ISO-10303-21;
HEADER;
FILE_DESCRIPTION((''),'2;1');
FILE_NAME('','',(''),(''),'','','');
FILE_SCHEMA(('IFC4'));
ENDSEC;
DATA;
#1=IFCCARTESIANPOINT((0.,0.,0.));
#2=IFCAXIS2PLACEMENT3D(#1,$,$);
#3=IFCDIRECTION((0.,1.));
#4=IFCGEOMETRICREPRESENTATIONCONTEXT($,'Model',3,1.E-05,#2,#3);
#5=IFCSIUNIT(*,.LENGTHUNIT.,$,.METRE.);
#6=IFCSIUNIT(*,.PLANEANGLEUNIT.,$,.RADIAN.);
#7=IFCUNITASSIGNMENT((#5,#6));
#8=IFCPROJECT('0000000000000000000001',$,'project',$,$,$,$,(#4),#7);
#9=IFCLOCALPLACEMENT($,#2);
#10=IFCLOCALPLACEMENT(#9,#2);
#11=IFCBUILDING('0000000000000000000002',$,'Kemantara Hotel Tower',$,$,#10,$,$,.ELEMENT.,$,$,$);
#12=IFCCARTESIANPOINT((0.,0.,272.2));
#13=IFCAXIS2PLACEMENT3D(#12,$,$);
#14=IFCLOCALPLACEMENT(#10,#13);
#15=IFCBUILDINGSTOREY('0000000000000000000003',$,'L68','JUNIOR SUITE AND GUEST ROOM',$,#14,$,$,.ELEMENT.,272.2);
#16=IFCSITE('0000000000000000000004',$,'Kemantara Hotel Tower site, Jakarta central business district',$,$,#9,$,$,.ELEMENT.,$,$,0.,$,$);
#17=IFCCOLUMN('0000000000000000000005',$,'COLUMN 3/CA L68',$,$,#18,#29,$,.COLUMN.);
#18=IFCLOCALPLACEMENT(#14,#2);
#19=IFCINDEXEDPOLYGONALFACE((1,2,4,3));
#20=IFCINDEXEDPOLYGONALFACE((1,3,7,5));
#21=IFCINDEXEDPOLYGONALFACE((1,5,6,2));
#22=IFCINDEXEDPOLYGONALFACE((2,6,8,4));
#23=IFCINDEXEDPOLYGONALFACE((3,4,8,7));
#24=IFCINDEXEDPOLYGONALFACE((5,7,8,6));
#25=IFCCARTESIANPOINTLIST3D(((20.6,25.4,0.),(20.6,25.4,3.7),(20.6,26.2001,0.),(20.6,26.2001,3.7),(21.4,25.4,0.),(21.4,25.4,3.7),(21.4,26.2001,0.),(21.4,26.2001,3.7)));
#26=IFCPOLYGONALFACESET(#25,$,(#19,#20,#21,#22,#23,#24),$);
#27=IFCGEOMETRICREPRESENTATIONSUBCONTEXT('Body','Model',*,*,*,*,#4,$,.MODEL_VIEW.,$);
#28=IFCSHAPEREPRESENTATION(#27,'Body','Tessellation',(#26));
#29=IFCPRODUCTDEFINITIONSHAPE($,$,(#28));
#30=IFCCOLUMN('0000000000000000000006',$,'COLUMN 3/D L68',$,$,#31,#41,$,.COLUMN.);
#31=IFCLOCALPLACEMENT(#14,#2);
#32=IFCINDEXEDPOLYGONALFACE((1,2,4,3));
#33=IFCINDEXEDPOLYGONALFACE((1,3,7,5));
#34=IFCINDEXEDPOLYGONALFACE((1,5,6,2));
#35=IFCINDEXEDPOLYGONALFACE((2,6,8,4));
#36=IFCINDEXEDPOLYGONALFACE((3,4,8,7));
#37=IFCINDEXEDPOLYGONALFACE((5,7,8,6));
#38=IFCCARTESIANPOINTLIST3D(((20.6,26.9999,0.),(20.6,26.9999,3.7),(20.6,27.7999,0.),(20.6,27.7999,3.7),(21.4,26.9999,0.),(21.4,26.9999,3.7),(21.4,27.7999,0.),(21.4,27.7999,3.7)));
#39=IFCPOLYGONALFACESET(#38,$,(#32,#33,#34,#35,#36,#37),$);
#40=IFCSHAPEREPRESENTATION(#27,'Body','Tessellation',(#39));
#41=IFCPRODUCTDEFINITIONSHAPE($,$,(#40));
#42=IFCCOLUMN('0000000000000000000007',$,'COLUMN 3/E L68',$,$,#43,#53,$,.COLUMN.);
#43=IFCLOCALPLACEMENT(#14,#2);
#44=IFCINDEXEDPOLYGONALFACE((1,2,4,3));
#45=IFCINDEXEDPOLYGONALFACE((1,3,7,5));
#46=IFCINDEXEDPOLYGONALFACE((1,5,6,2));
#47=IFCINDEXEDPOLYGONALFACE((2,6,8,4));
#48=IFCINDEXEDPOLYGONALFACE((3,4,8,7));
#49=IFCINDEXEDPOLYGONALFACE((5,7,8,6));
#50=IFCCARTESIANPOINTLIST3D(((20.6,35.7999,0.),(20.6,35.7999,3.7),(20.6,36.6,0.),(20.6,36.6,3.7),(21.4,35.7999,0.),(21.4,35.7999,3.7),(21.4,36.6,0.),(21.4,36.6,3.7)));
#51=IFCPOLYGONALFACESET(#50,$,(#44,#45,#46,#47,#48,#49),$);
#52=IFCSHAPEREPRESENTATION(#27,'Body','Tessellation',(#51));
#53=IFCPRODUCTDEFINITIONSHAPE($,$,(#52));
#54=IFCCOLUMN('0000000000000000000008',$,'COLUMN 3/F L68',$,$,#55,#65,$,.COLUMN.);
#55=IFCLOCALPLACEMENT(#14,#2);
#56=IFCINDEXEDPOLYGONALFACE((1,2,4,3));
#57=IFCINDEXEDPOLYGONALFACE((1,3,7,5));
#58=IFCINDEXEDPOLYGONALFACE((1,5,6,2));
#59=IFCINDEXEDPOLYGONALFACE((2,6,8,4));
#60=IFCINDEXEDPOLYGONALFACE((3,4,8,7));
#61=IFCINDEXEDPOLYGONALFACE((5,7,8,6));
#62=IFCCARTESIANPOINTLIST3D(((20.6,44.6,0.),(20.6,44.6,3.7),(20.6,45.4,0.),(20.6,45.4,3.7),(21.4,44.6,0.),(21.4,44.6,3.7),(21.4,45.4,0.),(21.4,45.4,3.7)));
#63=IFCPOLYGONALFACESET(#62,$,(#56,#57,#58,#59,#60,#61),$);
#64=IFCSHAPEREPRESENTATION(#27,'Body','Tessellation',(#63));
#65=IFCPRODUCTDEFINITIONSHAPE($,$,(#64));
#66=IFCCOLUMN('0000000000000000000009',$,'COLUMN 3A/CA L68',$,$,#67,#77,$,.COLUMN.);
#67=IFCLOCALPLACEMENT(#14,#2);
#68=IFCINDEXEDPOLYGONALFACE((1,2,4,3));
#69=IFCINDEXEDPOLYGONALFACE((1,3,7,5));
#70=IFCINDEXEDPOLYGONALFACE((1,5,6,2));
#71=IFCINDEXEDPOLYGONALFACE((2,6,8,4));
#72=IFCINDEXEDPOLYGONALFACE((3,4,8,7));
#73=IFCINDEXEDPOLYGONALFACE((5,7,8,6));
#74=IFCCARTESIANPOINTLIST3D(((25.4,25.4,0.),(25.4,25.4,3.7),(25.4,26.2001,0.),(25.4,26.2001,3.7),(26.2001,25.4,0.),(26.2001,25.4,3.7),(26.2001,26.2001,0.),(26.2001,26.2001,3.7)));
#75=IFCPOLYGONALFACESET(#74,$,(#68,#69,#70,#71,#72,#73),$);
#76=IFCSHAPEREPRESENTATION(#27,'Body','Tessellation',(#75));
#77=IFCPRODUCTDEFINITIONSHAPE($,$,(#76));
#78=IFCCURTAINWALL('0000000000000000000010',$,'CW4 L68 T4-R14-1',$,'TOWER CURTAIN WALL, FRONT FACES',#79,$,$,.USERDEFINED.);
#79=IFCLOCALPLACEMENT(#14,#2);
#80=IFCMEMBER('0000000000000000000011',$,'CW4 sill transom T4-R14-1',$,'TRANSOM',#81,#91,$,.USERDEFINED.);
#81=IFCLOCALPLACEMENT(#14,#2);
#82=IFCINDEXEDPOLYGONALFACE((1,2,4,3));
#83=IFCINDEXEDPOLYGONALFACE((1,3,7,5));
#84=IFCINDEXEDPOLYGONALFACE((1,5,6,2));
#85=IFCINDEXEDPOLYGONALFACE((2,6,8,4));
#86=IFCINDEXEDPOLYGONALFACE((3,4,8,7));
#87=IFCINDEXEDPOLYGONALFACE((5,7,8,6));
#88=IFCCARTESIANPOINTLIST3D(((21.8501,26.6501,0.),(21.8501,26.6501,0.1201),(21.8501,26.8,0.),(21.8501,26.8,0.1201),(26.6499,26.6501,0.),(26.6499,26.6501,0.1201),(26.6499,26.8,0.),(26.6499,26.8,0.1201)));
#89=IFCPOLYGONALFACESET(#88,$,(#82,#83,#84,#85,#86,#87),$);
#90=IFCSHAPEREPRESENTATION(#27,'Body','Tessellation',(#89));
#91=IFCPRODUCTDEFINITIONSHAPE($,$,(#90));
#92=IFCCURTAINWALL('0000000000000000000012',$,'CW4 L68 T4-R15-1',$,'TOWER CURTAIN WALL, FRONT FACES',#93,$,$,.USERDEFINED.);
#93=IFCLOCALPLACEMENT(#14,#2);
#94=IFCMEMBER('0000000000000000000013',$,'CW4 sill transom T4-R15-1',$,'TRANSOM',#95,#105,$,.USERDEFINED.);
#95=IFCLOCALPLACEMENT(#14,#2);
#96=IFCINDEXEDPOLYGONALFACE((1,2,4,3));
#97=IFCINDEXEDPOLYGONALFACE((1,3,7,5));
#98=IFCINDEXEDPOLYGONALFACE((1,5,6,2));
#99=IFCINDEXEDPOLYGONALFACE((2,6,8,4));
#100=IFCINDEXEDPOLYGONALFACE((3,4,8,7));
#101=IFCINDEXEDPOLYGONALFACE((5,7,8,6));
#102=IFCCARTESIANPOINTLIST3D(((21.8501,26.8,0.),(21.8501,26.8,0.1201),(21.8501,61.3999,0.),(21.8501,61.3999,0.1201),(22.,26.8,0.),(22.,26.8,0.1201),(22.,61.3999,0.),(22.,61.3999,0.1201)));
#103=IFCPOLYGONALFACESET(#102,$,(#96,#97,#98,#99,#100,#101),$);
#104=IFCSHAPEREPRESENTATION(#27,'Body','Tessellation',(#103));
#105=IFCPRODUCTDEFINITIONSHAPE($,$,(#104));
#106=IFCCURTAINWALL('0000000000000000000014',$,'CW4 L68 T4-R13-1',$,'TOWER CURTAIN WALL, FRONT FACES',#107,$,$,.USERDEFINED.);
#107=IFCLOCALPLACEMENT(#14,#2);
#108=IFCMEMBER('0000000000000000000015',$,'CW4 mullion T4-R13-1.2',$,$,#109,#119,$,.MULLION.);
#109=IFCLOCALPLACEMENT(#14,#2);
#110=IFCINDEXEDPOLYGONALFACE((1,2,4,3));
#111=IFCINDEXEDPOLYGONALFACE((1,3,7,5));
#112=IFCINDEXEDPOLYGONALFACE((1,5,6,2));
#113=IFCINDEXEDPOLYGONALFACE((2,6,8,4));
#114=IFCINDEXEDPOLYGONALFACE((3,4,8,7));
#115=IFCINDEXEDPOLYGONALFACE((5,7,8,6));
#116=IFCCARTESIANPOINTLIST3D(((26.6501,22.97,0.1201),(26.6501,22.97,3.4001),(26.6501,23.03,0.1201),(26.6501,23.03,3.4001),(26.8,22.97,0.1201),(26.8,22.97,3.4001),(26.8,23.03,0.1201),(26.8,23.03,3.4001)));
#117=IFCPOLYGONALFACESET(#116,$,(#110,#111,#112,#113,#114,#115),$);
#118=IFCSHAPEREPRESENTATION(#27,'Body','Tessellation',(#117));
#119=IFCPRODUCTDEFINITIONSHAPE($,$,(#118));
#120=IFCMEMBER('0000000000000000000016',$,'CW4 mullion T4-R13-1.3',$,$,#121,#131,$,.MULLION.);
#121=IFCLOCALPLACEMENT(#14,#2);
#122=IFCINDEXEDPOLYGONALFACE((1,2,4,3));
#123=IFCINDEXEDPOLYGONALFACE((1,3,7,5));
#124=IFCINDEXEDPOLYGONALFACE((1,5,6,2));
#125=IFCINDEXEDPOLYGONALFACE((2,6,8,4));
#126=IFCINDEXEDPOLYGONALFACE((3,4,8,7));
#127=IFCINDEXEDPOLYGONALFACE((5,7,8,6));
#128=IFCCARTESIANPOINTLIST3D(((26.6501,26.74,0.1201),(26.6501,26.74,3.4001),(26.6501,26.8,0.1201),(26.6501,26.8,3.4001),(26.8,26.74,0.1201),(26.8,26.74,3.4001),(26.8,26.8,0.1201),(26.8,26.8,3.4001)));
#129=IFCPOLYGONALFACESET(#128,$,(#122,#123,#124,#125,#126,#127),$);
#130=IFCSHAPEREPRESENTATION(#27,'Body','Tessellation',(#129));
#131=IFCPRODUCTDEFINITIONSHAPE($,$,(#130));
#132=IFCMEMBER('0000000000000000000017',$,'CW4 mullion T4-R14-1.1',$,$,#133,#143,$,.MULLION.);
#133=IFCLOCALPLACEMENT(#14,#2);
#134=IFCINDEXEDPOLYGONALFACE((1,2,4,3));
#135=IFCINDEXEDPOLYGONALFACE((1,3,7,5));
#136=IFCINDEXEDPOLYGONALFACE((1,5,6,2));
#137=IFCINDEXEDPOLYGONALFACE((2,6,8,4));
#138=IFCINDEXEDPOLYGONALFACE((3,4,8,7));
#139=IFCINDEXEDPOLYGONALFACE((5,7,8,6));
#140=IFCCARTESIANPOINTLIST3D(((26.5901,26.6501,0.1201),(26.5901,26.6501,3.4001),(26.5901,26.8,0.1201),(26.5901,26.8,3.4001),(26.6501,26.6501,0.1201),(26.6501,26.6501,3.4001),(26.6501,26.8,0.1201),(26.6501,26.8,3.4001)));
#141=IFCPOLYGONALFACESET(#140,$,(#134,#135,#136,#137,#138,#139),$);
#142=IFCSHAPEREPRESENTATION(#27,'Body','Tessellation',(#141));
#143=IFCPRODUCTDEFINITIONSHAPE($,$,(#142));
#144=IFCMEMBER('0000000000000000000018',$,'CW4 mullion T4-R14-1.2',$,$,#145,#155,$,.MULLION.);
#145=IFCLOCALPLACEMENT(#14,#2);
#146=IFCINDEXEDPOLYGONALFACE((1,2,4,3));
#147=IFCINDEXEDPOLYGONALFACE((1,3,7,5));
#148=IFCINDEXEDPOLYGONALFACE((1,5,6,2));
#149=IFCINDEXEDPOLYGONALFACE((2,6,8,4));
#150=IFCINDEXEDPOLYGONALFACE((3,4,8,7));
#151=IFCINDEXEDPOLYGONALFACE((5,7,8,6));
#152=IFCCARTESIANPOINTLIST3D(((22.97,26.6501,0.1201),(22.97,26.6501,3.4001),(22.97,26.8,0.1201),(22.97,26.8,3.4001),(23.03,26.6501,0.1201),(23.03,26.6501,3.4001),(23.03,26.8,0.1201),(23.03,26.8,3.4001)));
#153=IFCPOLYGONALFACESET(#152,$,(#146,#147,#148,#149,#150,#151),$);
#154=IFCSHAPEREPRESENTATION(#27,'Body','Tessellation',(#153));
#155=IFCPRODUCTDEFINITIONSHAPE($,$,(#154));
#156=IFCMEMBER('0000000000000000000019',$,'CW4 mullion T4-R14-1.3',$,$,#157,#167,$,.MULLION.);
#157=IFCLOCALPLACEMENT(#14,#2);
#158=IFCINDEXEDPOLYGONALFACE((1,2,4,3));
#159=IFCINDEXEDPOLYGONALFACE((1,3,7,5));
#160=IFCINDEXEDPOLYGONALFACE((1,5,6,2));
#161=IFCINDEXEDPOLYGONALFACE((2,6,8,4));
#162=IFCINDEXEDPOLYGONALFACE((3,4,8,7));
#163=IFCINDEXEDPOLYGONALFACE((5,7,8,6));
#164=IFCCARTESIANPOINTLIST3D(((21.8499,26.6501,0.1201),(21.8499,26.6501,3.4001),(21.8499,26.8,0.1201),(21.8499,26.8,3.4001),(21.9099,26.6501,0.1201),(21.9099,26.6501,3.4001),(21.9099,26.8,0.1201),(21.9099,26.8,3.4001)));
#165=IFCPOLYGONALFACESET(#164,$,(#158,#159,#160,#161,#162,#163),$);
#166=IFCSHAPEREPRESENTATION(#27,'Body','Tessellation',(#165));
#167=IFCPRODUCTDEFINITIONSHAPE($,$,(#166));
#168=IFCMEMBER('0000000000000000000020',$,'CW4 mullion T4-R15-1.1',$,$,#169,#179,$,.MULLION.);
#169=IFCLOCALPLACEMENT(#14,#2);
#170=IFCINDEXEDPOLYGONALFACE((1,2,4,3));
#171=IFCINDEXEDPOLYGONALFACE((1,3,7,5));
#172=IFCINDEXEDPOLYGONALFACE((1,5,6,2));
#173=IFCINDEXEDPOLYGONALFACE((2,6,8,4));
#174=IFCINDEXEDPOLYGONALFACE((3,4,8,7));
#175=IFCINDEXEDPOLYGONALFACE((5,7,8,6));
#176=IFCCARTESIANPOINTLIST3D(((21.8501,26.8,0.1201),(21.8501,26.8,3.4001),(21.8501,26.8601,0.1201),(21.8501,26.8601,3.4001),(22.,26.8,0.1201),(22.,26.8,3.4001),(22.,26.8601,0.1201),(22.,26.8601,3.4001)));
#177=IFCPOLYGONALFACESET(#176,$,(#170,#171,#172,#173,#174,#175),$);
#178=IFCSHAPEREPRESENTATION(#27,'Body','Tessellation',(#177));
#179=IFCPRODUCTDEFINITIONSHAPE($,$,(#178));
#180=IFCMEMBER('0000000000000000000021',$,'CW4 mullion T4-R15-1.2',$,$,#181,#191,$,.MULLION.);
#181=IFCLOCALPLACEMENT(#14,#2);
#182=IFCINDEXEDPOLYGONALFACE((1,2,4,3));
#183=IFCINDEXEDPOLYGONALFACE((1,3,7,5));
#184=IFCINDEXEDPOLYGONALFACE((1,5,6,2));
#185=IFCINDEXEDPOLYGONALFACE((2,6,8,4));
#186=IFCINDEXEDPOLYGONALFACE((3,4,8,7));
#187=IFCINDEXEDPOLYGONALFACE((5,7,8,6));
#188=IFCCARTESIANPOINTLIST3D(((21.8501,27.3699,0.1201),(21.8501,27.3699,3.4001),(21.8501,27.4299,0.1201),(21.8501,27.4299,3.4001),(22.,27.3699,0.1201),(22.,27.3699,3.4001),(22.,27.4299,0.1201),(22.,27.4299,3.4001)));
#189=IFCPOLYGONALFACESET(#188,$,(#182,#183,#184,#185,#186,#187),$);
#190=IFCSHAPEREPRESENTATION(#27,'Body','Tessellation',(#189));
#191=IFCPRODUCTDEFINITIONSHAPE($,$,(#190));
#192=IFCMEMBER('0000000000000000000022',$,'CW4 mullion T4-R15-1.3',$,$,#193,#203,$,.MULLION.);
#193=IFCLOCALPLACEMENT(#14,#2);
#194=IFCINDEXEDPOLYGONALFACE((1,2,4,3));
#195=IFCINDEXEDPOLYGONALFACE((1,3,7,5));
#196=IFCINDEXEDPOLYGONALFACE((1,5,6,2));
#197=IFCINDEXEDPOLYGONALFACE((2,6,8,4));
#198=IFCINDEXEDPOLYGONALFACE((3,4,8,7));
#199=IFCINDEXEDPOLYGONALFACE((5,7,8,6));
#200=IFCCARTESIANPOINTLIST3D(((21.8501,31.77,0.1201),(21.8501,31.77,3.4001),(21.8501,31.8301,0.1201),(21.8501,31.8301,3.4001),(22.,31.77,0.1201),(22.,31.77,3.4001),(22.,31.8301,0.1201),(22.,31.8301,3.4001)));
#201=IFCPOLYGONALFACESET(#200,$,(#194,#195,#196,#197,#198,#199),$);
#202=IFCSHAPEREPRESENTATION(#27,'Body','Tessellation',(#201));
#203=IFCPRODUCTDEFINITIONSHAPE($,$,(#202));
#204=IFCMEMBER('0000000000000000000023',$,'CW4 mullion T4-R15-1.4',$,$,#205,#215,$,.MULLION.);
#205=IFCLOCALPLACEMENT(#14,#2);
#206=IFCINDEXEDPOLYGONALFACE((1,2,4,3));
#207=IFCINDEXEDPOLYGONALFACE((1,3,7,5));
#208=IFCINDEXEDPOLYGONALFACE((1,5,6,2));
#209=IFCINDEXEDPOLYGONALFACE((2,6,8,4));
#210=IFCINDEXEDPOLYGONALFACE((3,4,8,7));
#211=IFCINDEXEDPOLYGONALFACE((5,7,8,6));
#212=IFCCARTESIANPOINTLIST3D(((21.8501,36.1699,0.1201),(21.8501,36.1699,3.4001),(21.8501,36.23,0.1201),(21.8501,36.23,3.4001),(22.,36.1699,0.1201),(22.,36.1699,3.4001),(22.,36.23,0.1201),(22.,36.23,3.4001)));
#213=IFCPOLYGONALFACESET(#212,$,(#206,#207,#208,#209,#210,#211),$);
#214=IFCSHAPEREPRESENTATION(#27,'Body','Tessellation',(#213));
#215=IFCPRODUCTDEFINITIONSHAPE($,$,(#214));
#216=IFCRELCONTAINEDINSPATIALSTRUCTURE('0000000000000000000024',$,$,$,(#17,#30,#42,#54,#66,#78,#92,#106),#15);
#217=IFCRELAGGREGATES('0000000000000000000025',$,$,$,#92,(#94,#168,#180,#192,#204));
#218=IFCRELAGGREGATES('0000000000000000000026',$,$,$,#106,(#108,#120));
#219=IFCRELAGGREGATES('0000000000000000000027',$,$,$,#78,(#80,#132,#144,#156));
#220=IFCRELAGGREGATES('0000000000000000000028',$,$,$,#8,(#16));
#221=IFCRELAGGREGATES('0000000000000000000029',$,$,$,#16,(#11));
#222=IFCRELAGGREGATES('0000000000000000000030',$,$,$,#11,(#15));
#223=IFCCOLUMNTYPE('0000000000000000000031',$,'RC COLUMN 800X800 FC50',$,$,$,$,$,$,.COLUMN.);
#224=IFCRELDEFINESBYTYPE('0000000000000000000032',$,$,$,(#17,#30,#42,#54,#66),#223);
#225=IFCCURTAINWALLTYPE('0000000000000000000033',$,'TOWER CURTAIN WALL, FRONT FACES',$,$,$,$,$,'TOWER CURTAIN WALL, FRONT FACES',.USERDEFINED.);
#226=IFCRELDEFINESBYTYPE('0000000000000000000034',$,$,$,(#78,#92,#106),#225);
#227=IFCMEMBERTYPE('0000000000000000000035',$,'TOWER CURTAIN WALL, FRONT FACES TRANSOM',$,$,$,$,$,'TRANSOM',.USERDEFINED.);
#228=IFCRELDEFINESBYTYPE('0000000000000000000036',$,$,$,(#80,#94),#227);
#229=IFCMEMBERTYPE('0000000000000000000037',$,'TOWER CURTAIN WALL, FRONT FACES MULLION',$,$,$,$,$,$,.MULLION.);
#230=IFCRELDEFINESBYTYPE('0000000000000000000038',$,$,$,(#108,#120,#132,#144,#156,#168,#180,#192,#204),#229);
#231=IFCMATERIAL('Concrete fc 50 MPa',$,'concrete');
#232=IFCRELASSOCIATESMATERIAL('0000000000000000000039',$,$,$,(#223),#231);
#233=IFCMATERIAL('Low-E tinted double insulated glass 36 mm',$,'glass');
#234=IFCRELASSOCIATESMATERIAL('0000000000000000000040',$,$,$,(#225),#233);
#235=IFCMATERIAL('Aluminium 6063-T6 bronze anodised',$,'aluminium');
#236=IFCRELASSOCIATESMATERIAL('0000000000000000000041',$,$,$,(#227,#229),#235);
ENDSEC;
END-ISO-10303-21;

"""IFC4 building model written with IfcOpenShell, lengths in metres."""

from ifc_helpers import new_model, si_unit, direction, frame, origin, origin_2d, place, context, subcontext, project, spatial, rectangle, extrude, source, transform, mapped, material, material_profile, profile_set, type_object, element, aggregate, save


model = new_model("IFC4")

# Units and contexts
model_context = context("Model", 3, precision=1e-05, world=origin(), true_north=direction((0.0, 1.0)))
body_context = subcontext(model_context, "Body", "Model", "MODEL_VIEW")
ifc_project = project(units=[si_unit("LENGTHUNIT", "METRE"), si_unit("PLANEANGLEUNIT", "RADIAN")], contexts=[model_context])

# Site, building, storey
site_placement = place(None, origin())
site = spatial("IfcSite", under=ifc_project, at=site_placement, Name="Kemantara Hotel Tower site, Jakarta central business district", CompositionType="ELEMENT", RefElevation=0.0)
building_placement = place(site_placement, origin())
building = spatial("IfcBuilding", under=site, at=building_placement, Name="Kemantara Hotel Tower", CompositionType="ELEMENT")
storey_placement = place(building_placement, frame((0.0, 0.0, 272.2)))
storey = spatial("IfcBuildingStorey", under=building, at=storey_placement, Name="L68", Description="JUNIOR SUITE AND GUEST ROOM", CompositionType="ELEMENT", Elevation=272.2)

# Columns
ifc_material_1 = material(Name="Concrete fc 50 MPa", Category="concrete")
ifc_material_profile_1 = material_profile(ifc_material_1, rectangle(XDim=0.8, YDim=0.8, at=origin_2d()), Name="RC 800X800")
ifc_profile_set_1 = profile_set([ifc_material_profile_1], Name="Concrete fc 50 MPa")
column_type = type_object("IfcColumnType", Name="RC COLUMN 800X800 FC50", PredefinedType="COLUMN", material=ifc_profile_set_1)
for number, where, z_axis, x_axis, name in (
    (1, (21.0, 25.8, 0.0), (0.0, 0.0, 1.0), (1.0, 0.0, 0.0), "COLUMN 3/CA L68"),
    (2, (21.0, 27.3999, 0.0), (0.0, 0.0, 1.0), (1.0, 0.0, 0.0), "COLUMN 3/D L68"),
    (3, (21.0, 36.2, 0.0), (0.0, 0.0, 1.0), (1.0, 0.0, 0.0), "COLUMN 3/E L68"),
    (4, (21.0, 45.0, 0.0), (0.0, 0.0, 1.0), (1.0, 0.0, 0.0), "COLUMN 3/F L68"),
    (5, (25.8, 25.8, 0.0), (0.0, 0.0, 1.0), (1.0, 0.0, 0.0), "COLUMN 3A/CA L68"),
):
    element("IfcColumn", number, at=place(storey_placement, frame(where, z_axis=z_axis, x_axis=x_axis)), inside=storey, type_object=column_type, Name=name, PredefinedType="COLUMN", context=body_context, shape_type="SweptSolid", body=[
        extrude(rectangle(XDim=0.8, YDim=0.8, at=origin_2d()), origin(), (0.0, 0.0, 1.0), 3.7),
    ])

# Curtain walls, members
ifc_material_2 = material(Name="Low-E tinted double insulated glass 36 mm", Category="glass")
curtain_wall_type = type_object("IfcCurtainWallType", Name="TOWER CURTAIN WALL, FRONT FACES", ElementType="TOWER CURTAIN WALL, FRONT FACES", PredefinedType="USERDEFINED", material=ifc_material_2)
curtain_wall_1_placement = place(storey_placement, origin())
curtain_wall_1 = element("IfcCurtainWall", 6, at=curtain_wall_1_placement, inside=storey, type_object=curtain_wall_type, Name="CW4 L68 T4-R14-1", ObjectType="TOWER CURTAIN WALL, FRONT FACES", PredefinedType="USERDEFINED")
ifc_material_3 = material(Name="Aluminium 6063-T6 bronze anodised", Category="aluminium")
ifc_material_profile_2 = material_profile(ifc_material_3, rectangle(XDim=0.1499, YDim=0.1201, at=origin_2d()), Name="TOWER CURTAIN WALL, FRONT FACES TRANSOM")
ifc_profile_set_2 = profile_set([ifc_material_profile_2], Name="Aluminium 6063-T6 bronze anodised")
member_type_1 = type_object("IfcMemberType", Name="TOWER CURTAIN WALL, FRONT FACES TRANSOM", ElementType="TRANSOM", PredefinedType="USERDEFINED", material=ifc_profile_set_2)
member_1_placement = place(storey_placement, frame((26.6499, 26.7251, 0.0601), z_axis=(-1.0, 0.0, 0.0), x_axis=(0.0, -1.0, 0.0)))
member_1 = element("IfcMember", 7, at=member_1_placement, type_object=member_type_1, Name="CW4 sill transom T4-R14-1", ObjectType="TRANSOM", PredefinedType="USERDEFINED", context=body_context, shape_type="SweptSolid", body=[
    extrude(rectangle(XDim=0.1499, YDim=0.1201, at=origin_2d()), origin(), (0.0, 0.0, 1.0), 4.7998),
])
curtain_wall_2_placement = place(storey_placement, origin())
curtain_wall_2 = element("IfcCurtainWall", 8, at=curtain_wall_2_placement, inside=storey, type_object=curtain_wall_type, Name="CW4 L68 T4-R15-1", ObjectType="TOWER CURTAIN WALL, FRONT FACES", PredefinedType="USERDEFINED")
member_2_placement = place(storey_placement, frame((21.925, 26.8, 0.0601), z_axis=(0.0, 1.0, 0.0), x_axis=(-1.0, 0.0, 0.0)))
member_2 = element("IfcMember", 9, at=member_2_placement, type_object=member_type_1, Name="CW4 sill transom T4-R15-1", ObjectType="TRANSOM", PredefinedType="USERDEFINED", context=body_context, shape_type="SweptSolid", body=[
    extrude(rectangle(XDim=0.1499, YDim=0.1201, at=origin_2d()), origin(), (0.0, 0.0, 1.0), 34.5999),
])

# Curtain wall, members
curtain_wall_3_placement = place(storey_placement, origin())
curtain_wall_3 = element("IfcCurtainWall", 10, at=curtain_wall_3_placement, inside=storey, type_object=curtain_wall_type, Name="CW4 L68 T4-R13-1", ObjectType="TOWER CURTAIN WALL, FRONT FACES", PredefinedType="USERDEFINED")
ifc_material_profile_3 = material_profile(ifc_material_3, rectangle(XDim=0.1499, YDim=0.0601, at=origin_2d()), Name="TOWER CURTAIN WALL, FRONT FACES MULLION")
ifc_profile_set_3 = profile_set([ifc_material_profile_3], Name="Aluminium 6063-T6 bronze anodised")
member_type_2 = type_object("IfcMemberType", Name="TOWER CURTAIN WALL, FRONT FACES MULLION", PredefinedType="MULLION", material=ifc_profile_set_3)
shared_shape_1 = source(origin(), body_context, "Body", "SweptSolid", [
    extrude(rectangle(XDim=0.1499, YDim=0.0601, at=origin_2d()), origin(), (0.0, 0.0, 1.0), 3.28),
])
member_3_placement = place(storey_placement, frame((26.7251, 23.0, 0.1201), z_axis=(0.0, 0.0, 1.0), x_axis=(-1.0, 0.0, 0.0)))
member_3 = element("IfcMember", 11, at=member_3_placement, type_object=member_type_2, Name="CW4 mullion T4-R13-1.2", PredefinedType="MULLION", context=body_context, shape_type="MappedRepresentation", body=[
    mapped(shared_shape_1, transform((0.0, 0.0, 0.0))),
])
member_4_placement = place(storey_placement, frame((26.7251, 26.77, 0.1201), z_axis=(0.0, 0.0, 1.0), x_axis=(-1.0, 0.0, 0.0)))
member_4 = element("IfcMember", 12, at=member_4_placement, type_object=member_type_2, Name="CW4 mullion T4-R13-1.3", PredefinedType="MULLION", context=body_context, shape_type="MappedRepresentation", body=[
    mapped(shared_shape_1, transform((0.0, 0.0, 0.0))),
])

# Members
member_5_placement = place(storey_placement, frame((26.6201, 26.7251, 0.1201), z_axis=(0.0, 0.0, 1.0), x_axis=(0.0, -1.0, 0.0)))
member_5 = element("IfcMember", 13, at=member_5_placement, type_object=member_type_2, Name="CW4 mullion T4-R14-1.1", PredefinedType="MULLION", context=body_context, shape_type="MappedRepresentation", body=[
    mapped(shared_shape_1, transform((0.0, 0.0, 0.0))),
])
member_6_placement = place(storey_placement, frame((23.0, 26.7251, 0.1201), z_axis=(0.0, 0.0, 1.0), x_axis=(0.0, -1.0, 0.0)))
member_6 = element("IfcMember", 14, at=member_6_placement, type_object=member_type_2, Name="CW4 mullion T4-R14-1.2", PredefinedType="MULLION", context=body_context, shape_type="MappedRepresentation", body=[
    mapped(shared_shape_1, transform((0.0, 0.0, 0.0))),
])
member_7_placement = place(storey_placement, frame((21.8799, 26.7251, 0.1201), z_axis=(0.0, 0.0, 1.0), x_axis=(0.0, -1.0, 0.0)))
member_7 = element("IfcMember", 15, at=member_7_placement, type_object=member_type_2, Name="CW4 mullion T4-R14-1.3", PredefinedType="MULLION", context=body_context, shape_type="MappedRepresentation", body=[
    mapped(shared_shape_1, transform((0.0, 0.0, 0.0))),
])
member_8_placement = place(storey_placement, frame((21.925, 26.8301, 0.1201), z_axis=(0.0, 0.0, 1.0), x_axis=(-1.0, 0.0, 0.0)))
member_8 = element("IfcMember", 16, at=member_8_placement, type_object=member_type_2, Name="CW4 mullion T4-R15-1.1", PredefinedType="MULLION", context=body_context, shape_type="MappedRepresentation", body=[
    mapped(shared_shape_1, transform((0.0, 0.0, 0.0))),
])
member_9_placement = place(storey_placement, frame((21.925, 27.3999, 0.1201), z_axis=(0.0, 0.0, 1.0), x_axis=(-1.0, 0.0, 0.0)))
member_9 = element("IfcMember", 17, at=member_9_placement, type_object=member_type_2, Name="CW4 mullion T4-R15-1.2", PredefinedType="MULLION", context=body_context, shape_type="MappedRepresentation", body=[
    mapped(shared_shape_1, transform((0.0, 0.0, 0.0))),
])
member_10_placement = place(storey_placement, frame((21.925, 31.8, 0.1201), z_axis=(0.0, 0.0, 1.0), x_axis=(-1.0, 0.0, 0.0)))
member_10 = element("IfcMember", 18, at=member_10_placement, type_object=member_type_2, Name="CW4 mullion T4-R15-1.3", PredefinedType="MULLION", context=body_context, shape_type="MappedRepresentation", body=[
    mapped(shared_shape_1, transform((0.0, 0.0, 0.0))),
])
member_11_placement = place(storey_placement, frame((21.925, 36.2, 0.1201), z_axis=(0.0, 0.0, 1.0), x_axis=(-1.0, 0.0, 0.0)))
member_11 = element("IfcMember", 19, at=member_11_placement, type_object=member_type_2, Name="CW4 mullion T4-R15-1.4", PredefinedType="MULLION", context=body_context, shape_type="MappedRepresentation", body=[
    mapped(shared_shape_1, transform((0.0, 0.0, 0.0))),
])

aggregate(curtain_wall_2, [member_2, member_8, member_9, member_10, member_11])
aggregate(curtain_wall_3, [member_3, member_4])
aggregate(curtain_wall_1, [member_1, member_5, member_6, member_7])

save(model, "model.ifc")
